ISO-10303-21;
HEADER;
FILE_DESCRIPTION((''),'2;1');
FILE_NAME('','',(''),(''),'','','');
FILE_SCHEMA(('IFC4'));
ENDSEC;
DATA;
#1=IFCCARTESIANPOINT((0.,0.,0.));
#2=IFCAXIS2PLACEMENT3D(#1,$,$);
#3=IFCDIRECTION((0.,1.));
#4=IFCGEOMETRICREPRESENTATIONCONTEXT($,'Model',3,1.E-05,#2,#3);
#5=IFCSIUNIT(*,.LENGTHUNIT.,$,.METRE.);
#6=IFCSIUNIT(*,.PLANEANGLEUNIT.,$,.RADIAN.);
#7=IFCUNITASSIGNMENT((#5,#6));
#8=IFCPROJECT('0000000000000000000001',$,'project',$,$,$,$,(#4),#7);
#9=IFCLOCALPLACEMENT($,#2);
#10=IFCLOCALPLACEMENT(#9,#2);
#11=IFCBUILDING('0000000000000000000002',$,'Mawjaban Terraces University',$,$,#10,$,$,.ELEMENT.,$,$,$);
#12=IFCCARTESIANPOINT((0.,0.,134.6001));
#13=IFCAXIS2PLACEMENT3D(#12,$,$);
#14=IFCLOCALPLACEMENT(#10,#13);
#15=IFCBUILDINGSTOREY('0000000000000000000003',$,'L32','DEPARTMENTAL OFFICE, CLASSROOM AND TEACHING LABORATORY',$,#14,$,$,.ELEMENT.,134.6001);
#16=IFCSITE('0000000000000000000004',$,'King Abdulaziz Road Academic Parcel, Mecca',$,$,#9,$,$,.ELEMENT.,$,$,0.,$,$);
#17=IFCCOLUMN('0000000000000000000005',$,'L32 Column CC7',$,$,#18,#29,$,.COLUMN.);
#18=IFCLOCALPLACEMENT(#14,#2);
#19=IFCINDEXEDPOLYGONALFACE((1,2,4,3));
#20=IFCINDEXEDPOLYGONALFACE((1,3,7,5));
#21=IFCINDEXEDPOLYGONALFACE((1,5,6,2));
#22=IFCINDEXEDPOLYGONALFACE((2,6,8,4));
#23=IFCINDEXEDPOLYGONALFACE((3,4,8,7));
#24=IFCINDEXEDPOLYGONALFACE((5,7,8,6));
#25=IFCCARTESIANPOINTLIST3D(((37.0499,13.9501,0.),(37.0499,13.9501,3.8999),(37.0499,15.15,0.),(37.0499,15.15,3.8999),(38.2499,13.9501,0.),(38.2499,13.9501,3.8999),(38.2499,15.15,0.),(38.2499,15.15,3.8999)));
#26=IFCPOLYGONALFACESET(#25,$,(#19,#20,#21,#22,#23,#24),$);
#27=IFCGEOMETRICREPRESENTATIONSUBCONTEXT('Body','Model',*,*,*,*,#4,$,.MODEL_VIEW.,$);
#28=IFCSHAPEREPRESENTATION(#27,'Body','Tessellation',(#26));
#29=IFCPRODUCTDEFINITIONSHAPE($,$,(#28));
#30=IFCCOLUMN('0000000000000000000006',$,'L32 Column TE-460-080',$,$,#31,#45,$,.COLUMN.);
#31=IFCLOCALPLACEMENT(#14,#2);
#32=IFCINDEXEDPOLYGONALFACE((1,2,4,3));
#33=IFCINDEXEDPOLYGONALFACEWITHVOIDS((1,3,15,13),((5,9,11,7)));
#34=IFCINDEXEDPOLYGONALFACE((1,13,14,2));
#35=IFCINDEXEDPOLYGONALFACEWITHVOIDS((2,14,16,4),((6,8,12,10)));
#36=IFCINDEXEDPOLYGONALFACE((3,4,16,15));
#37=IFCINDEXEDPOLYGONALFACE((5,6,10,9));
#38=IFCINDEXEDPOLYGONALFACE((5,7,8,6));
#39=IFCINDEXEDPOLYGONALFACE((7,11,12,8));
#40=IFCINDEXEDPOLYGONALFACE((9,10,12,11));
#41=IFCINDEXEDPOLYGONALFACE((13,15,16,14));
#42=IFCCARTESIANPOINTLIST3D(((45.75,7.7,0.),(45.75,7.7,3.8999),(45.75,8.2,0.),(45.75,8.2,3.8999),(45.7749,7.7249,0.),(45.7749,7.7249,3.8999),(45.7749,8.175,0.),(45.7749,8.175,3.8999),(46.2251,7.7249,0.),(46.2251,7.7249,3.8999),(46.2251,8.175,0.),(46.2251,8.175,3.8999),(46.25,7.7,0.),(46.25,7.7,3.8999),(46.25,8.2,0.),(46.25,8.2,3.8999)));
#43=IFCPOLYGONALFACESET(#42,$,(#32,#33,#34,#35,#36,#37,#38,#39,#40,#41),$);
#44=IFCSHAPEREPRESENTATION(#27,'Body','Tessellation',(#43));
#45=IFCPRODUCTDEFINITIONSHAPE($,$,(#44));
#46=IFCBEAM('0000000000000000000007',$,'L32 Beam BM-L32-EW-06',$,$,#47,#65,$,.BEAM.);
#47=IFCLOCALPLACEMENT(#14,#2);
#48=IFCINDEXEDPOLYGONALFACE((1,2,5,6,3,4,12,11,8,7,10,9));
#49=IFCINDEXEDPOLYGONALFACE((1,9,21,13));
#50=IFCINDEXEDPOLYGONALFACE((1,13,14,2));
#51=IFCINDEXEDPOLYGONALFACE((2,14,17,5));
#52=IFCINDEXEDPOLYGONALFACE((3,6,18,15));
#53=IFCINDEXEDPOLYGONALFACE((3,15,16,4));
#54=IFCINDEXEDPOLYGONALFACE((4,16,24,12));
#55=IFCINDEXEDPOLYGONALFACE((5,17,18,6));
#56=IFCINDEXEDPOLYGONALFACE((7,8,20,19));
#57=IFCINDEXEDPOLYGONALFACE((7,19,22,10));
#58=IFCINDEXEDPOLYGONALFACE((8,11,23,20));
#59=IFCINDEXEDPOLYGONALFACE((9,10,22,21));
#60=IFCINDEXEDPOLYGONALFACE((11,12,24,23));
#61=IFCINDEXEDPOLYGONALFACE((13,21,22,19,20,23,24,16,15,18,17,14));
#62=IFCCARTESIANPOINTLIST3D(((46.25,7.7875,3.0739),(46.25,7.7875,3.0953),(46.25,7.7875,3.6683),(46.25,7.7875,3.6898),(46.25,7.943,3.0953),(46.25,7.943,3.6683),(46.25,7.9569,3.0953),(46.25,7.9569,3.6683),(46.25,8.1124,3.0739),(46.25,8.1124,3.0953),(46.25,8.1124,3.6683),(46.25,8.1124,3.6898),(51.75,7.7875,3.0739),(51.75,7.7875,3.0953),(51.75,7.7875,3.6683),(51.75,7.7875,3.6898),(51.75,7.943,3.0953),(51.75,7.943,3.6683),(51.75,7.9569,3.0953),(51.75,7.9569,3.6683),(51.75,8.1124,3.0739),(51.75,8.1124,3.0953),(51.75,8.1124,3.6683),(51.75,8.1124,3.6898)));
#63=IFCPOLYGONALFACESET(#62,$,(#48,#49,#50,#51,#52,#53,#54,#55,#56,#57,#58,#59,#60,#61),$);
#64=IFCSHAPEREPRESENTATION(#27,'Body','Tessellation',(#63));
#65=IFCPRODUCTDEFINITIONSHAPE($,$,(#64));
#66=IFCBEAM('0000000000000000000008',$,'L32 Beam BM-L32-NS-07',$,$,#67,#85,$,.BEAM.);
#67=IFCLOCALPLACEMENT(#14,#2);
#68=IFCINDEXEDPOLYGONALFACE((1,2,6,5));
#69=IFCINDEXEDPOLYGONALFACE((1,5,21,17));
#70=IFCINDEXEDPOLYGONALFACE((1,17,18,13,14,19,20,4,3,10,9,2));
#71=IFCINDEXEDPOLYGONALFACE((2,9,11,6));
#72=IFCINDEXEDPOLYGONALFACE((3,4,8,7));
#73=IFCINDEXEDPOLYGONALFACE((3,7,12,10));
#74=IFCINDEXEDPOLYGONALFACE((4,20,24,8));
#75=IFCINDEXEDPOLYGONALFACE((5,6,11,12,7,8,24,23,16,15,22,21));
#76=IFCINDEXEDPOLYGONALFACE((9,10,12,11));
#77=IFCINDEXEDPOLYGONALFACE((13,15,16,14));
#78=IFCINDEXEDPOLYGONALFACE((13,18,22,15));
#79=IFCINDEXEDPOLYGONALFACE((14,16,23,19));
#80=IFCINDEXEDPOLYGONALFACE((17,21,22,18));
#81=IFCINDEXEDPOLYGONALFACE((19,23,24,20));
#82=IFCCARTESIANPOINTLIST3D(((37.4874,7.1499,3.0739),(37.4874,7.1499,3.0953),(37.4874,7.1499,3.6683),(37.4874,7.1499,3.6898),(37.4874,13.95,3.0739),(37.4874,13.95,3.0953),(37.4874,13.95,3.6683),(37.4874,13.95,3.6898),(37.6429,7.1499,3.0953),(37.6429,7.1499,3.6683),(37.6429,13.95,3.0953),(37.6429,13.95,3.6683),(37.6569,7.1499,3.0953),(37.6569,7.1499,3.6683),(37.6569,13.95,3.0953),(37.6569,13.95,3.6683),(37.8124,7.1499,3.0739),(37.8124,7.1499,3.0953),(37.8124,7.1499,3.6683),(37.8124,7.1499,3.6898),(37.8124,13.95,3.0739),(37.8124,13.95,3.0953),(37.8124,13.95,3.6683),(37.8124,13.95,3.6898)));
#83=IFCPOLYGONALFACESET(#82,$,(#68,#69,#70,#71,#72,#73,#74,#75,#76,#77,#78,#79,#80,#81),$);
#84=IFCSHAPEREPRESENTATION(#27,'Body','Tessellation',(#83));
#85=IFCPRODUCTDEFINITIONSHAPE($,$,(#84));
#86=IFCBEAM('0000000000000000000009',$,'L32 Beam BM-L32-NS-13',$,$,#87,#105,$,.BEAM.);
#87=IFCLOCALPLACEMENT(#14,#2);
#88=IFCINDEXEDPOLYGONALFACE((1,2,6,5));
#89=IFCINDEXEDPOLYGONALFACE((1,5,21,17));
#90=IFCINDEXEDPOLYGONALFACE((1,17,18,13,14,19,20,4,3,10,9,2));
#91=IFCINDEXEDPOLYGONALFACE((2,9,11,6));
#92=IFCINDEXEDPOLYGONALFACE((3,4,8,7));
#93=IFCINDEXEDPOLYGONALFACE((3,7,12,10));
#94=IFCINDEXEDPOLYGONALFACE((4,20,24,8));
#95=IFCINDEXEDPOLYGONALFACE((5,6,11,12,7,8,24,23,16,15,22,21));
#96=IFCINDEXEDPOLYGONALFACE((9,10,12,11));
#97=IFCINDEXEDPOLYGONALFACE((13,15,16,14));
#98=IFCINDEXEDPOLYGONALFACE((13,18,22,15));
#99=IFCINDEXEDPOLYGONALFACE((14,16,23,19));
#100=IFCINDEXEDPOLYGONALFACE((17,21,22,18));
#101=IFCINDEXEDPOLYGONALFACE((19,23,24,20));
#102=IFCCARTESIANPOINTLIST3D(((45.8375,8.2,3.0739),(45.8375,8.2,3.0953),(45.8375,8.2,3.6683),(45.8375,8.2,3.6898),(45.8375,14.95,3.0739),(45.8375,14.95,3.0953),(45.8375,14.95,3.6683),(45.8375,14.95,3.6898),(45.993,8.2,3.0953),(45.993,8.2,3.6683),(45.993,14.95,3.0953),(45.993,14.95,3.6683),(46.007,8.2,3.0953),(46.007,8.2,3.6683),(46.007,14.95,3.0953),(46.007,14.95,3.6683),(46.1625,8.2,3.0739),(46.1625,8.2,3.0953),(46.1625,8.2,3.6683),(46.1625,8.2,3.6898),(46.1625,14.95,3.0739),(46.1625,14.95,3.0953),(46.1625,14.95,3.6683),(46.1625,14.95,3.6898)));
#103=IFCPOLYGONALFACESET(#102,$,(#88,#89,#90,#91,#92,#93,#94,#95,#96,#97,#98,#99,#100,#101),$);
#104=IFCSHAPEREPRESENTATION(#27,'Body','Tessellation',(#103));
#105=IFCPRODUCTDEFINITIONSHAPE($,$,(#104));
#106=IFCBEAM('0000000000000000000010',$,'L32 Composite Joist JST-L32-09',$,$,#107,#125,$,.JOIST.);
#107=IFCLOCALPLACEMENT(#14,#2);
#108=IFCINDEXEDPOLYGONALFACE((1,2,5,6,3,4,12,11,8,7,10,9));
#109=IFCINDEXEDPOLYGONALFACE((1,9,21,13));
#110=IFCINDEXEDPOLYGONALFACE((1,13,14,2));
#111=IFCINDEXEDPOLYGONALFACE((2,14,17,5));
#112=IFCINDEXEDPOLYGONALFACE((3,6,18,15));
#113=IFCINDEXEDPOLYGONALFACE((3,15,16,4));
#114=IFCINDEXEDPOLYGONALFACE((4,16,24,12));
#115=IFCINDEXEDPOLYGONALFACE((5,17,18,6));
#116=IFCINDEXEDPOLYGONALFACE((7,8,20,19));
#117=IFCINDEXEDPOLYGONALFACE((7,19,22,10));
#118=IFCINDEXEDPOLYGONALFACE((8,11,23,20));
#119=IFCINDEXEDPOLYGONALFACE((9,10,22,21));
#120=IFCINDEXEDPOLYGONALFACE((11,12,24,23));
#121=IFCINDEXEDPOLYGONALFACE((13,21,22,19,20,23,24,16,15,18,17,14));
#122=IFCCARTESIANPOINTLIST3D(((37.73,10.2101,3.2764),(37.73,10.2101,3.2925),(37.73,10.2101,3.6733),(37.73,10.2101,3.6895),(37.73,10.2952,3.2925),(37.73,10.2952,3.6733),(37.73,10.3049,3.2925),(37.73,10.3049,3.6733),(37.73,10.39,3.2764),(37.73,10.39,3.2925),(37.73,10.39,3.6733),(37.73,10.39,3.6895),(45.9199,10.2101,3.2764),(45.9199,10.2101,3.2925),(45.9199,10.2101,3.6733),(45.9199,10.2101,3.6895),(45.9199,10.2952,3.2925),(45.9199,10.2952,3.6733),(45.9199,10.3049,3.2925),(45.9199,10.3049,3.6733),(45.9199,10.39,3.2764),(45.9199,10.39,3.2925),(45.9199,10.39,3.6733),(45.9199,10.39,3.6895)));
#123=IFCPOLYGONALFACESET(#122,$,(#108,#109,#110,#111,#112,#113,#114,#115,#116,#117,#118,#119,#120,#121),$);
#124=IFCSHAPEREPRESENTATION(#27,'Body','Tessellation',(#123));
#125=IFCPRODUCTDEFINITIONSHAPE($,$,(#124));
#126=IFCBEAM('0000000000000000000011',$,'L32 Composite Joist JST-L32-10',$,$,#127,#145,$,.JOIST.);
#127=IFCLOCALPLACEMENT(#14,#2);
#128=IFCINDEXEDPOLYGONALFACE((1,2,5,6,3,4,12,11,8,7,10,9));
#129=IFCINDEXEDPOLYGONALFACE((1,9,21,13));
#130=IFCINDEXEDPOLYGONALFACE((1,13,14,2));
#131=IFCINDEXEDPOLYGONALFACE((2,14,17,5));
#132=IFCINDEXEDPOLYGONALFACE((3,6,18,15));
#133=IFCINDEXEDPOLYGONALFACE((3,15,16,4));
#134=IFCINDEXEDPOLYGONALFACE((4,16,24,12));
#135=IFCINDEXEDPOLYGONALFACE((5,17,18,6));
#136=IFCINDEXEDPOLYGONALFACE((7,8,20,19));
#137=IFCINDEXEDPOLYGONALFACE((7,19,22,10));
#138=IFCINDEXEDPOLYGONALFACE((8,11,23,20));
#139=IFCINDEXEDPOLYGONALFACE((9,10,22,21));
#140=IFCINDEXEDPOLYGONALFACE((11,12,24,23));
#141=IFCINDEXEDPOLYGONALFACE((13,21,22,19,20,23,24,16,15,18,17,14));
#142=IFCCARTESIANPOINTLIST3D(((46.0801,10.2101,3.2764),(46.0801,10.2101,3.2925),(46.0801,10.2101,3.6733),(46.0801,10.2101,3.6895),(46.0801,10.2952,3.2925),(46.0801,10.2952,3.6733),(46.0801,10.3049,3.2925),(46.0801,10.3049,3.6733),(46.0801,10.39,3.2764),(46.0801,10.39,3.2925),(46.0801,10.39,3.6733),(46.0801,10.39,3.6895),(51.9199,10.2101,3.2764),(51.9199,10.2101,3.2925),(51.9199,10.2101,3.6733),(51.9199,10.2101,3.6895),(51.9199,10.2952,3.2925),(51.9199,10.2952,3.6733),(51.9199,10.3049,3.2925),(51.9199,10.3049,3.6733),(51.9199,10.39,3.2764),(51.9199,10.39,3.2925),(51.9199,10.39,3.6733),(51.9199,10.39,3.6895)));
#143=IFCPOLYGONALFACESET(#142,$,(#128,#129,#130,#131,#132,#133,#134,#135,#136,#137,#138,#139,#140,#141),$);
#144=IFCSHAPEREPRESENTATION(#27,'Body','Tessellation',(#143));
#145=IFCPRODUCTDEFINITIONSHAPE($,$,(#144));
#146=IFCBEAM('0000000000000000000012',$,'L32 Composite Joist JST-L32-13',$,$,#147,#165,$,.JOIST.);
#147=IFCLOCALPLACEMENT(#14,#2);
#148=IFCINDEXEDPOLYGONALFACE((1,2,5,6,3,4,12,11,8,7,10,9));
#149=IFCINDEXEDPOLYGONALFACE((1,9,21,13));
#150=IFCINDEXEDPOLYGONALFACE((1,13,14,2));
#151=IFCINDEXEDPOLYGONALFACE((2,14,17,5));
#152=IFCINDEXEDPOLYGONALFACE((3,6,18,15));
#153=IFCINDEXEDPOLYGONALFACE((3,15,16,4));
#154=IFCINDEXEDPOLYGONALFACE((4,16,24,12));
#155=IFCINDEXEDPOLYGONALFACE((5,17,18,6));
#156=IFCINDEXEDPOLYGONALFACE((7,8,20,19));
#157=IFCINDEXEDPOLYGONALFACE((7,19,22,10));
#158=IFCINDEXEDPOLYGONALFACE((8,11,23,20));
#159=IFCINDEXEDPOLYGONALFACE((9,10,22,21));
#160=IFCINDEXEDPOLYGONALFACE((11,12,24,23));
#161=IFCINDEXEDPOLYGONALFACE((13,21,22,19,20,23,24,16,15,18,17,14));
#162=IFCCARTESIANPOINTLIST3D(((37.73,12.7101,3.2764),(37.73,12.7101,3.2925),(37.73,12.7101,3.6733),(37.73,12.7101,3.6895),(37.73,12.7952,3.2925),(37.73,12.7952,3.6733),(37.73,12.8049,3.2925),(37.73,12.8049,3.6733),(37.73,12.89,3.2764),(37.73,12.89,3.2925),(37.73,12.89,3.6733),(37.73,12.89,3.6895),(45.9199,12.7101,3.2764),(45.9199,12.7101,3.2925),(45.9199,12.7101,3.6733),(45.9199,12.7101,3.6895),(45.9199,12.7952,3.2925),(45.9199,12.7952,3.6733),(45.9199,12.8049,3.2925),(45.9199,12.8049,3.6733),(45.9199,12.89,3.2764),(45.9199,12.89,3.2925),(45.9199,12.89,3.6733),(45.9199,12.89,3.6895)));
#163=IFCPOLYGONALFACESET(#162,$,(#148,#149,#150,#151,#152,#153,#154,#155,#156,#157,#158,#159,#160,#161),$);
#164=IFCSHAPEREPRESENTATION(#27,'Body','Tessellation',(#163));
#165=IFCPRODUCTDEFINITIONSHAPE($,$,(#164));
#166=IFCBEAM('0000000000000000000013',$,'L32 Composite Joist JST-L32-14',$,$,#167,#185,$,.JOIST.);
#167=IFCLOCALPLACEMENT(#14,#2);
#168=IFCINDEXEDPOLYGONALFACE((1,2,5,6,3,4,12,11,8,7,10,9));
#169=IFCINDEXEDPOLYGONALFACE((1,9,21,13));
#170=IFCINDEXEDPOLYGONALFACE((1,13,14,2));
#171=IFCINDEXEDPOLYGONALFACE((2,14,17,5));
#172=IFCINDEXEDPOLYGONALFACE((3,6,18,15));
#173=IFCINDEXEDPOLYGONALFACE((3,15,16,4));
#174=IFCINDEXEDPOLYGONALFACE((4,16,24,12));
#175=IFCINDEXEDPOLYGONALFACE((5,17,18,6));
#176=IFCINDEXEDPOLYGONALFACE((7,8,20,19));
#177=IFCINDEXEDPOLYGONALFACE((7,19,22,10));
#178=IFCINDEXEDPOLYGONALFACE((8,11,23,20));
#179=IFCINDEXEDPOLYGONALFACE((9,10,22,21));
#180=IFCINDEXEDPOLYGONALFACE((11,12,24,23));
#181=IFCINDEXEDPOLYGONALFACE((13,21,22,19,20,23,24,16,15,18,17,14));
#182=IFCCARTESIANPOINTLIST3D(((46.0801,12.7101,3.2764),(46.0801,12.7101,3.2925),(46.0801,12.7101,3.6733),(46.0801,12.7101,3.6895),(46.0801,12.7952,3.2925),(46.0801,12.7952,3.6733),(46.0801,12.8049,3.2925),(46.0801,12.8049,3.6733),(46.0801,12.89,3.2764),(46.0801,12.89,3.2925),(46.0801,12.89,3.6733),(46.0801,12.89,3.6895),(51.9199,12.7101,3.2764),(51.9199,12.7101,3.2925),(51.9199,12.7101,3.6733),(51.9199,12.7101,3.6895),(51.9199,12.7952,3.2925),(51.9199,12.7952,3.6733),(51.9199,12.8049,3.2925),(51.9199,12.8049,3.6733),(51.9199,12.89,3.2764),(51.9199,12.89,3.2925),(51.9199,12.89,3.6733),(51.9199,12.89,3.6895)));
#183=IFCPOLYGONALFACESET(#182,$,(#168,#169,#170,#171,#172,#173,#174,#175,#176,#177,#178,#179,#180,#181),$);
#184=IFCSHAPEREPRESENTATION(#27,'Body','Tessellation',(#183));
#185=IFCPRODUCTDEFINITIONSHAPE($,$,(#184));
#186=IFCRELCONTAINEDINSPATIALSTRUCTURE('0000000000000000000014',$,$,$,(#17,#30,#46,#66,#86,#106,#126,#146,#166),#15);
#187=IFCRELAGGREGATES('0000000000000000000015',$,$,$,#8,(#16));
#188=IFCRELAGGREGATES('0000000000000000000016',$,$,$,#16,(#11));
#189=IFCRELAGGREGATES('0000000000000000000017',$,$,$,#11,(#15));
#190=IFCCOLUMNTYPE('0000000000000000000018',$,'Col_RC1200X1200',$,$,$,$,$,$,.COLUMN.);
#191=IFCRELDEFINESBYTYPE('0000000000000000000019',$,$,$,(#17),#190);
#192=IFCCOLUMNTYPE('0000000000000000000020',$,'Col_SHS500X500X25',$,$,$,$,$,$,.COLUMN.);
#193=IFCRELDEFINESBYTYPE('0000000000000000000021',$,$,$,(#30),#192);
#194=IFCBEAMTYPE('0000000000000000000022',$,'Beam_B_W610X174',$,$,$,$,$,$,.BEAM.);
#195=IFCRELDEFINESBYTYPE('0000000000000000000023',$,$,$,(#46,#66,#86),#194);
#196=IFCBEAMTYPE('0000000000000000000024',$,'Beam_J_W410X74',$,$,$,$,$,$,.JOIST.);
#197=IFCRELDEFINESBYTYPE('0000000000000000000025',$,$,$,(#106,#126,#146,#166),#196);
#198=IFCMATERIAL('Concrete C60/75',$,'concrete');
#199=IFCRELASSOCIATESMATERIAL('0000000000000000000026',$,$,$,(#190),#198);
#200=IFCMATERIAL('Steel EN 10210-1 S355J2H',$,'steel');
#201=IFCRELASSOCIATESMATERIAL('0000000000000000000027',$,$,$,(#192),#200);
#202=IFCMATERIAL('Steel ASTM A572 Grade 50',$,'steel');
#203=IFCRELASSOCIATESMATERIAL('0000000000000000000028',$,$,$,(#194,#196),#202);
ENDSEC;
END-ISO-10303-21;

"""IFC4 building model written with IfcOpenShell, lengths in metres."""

from ifc_helpers import new_model, si_unit, direction, frame, origin, origin_2d, place, context, subcontext, project, spatial, rectangle, hollow_rectangle, i_section, extrude, material, material_profile, profile_set, type_object, element, save


model = new_model("IFC4")

# Units and contexts
model_context = context("Model", 3, precision=1e-05, world=origin(), true_north=direction((0.0, 1.0)))
body_context = subcontext(model_context, "Body", "Model", "MODEL_VIEW")
ifc_project = project(units=[si_unit("LENGTHUNIT", "METRE"), si_unit("PLANEANGLEUNIT", "RADIAN")], contexts=[model_context])

# Site, building, storey
site_placement = place(None, origin())
site = spatial("IfcSite", under=ifc_project, at=site_placement, Name="King Abdulaziz Road Academic Parcel, Mecca", CompositionType="ELEMENT", RefElevation=0.0)
building_placement = place(site_placement, origin())
building = spatial("IfcBuilding", under=site, at=building_placement, Name="Mawjaban Terraces University", CompositionType="ELEMENT")
storey_placement = place(building_placement, frame((0.0, 0.0, 134.6001)))
storey = spatial("IfcBuildingStorey", under=building, at=storey_placement, Name="L32", Description="DEPARTMENTAL OFFICE, CLASSROOM AND TEACHING LABORATORY", CompositionType="ELEMENT", Elevation=134.6001)

# Columns
ifc_material_1 = material(Name="Concrete C60/75", Category="concrete")
ifc_material_profile_1 = material_profile(ifc_material_1, rectangle(XDim=1.2, YDim=1.2, at=origin_2d()), Name="RC1200X1200")
ifc_profile_set_1 = profile_set([ifc_material_profile_1], Name="Concrete C60/75")
column_type_1 = type_object("IfcColumnType", Name="Col_RC1200X1200", PredefinedType="COLUMN", material=ifc_profile_set_1)
column_1_placement = place(storey_placement, frame((37.6499, 14.55, 0.0), z_axis=(0.0, 0.0, 1.0), x_axis=(1.0, 0.0, 0.0)))
element("IfcColumn", 1, at=column_1_placement, inside=storey, type_object=column_type_1, Name="L32 Column CC7", PredefinedType="COLUMN", context=body_context, shape_type="SweptSolid", body=[
    extrude(rectangle(XDim=1.2, YDim=1.2, at=origin_2d()), origin(), (0.0, 0.0, 1.0), 3.8999),
])
ifc_material_2 = material(Name="Steel EN 10210-1 S355J2H", Category="steel")
ifc_material_profile_2 = material_profile(ifc_material_2, hollow_rectangle(XDim=0.5, YDim=0.5, WallThickness=0.0249, at=origin_2d()), Name="SHS500X500X25")
ifc_profile_set_2 = profile_set([ifc_material_profile_2], Name="Steel EN 10210-1 S355J2H")
column_type_2 = type_object("IfcColumnType", Name="Col_SHS500X500X25", PredefinedType="COLUMN", material=ifc_profile_set_2)
column_2_placement = place(storey_placement, frame((46.0, 7.95, 0.0), z_axis=(0.0, 0.0, 1.0), x_axis=(1.0, 0.0, 0.0)))
element("IfcColumn", 2, at=column_2_placement, inside=storey, type_object=column_type_2, Name="L32 Column TE-460-080", PredefinedType="COLUMN", context=body_context, shape_type="SweptSolid", body=[
    extrude(hollow_rectangle(XDim=0.5, YDim=0.5, WallThickness=0.0249, at=origin_2d()), origin(), (0.0, 0.0, 1.0), 3.8999),
])

# Beams
ifc_material_3 = material(Name="Steel ASTM A572 Grade 50", Category="steel")
ifc_material_profile_3 = material_profile(ifc_material_3, i_section(OverallWidth=0.325, OverallDepth=0.616, WebThickness=0.0139, FlangeThickness=0.0215, at=origin_2d()), Name="W610X174")
ifc_profile_set_3 = profile_set([ifc_material_profile_3], Name="Steel ASTM A572 Grade 50")
beam_type_1 = type_object("IfcBeamType", Name="Beam_B_W610X174", PredefinedType="BEAM", material=ifc_profile_set_3)
beam_1_placement = place(storey_placement, frame((46.25, 7.95, 3.3818), z_axis=(1.0, 0.0, 0.0), x_axis=(0.0, 1.0, 0.0)))
element("IfcBeam", 3, at=beam_1_placement, inside=storey, type_object=beam_type_1, Name="L32 Beam BM-L32-EW-06", PredefinedType="BEAM", context=body_context, shape_type="SweptSolid", body=[
    extrude(i_section(OverallWidth=0.325, OverallDepth=0.616, WebThickness=0.0139, FlangeThickness=0.0215, at=origin_2d()), origin(), (0.0, 0.0, 1.0), 5.5),
])
beam_2_placement = place(storey_placement, frame((37.6499, 7.1499, 3.3818), z_axis=(0.0, 1.0, 0.0), x_axis=(-1.0, 0.0, 0.0)))
element("IfcBeam", 4, at=beam_2_placement, inside=storey, type_object=beam_type_1, Name="L32 Beam BM-L32-NS-07", PredefinedType="BEAM", context=body_context, shape_type="SweptSolid", body=[
    extrude(i_section(OverallWidth=0.325, OverallDepth=0.616, WebThickness=0.0139, FlangeThickness=0.0215, at=origin_2d()), origin(), (0.0, 0.0, 1.0), 6.8),
])
beam_3_placement = place(storey_placement, frame((46.0, 8.2, 3.3818), z_axis=(0.0, 1.0, 0.0), x_axis=(-1.0, 0.0, 0.0)))
element("IfcBeam", 5, at=beam_3_placement, inside=storey, type_object=beam_type_1, Name="L32 Beam BM-L32-NS-13", PredefinedType="BEAM", context=body_context, shape_type="SweptSolid", body=[
    extrude(i_section(OverallWidth=0.325, OverallDepth=0.616, WebThickness=0.0139, FlangeThickness=0.0215, at=origin_2d()), origin(), (0.0, 0.0, 1.0), 6.75),
])
ifc_material_profile_4 = material_profile(ifc_material_3, i_section(OverallWidth=0.1799, OverallDepth=0.4131, WebThickness=0.0098, FlangeThickness=0.0161, at=origin_2d()), Name="W410X74")
ifc_profile_set_4 = profile_set([ifc_material_profile_4], Name="Steel ASTM A572 Grade 50")
beam_type_2 = type_object("IfcBeamType", Name="Beam_J_W410X74", PredefinedType="JOIST", material=ifc_profile_set_4)
beam_4_placement = place(storey_placement, frame((37.73, 10.3, 3.4829), z_axis=(1.0, 0.0, 0.0), x_axis=(0.0, 1.0, 0.0)))
element("IfcBeam", 6, at=beam_4_placement, inside=storey, type_object=beam_type_2, Name="L32 Composite Joist JST-L32-09", PredefinedType="JOIST", context=body_context, shape_type="SweptSolid", body=[
    extrude(i_section(OverallWidth=0.1799, OverallDepth=0.4131, WebThickness=0.0098, FlangeThickness=0.0161, at=origin_2d()), origin(), (0.0, 0.0, 1.0), 8.1899),
])
beam_5_placement = place(storey_placement, frame((46.0801, 10.3, 3.4829), z_axis=(1.0, 0.0, 0.0), x_axis=(0.0, 1.0, 0.0)))
element("IfcBeam", 7, at=beam_5_placement, inside=storey, type_object=beam_type_2, Name="L32 Composite Joist JST-L32-10", PredefinedType="JOIST", context=body_context, shape_type="SweptSolid", body=[
    extrude(i_section(OverallWidth=0.1799, OverallDepth=0.4131, WebThickness=0.0098, FlangeThickness=0.0161, at=origin_2d()), origin(), (0.0, 0.0, 1.0), 5.8398),
])
beam_6_placement = place(storey_placement, frame((37.73, 12.8, 3.4829), z_axis=(1.0, 0.0, 0.0), x_axis=(0.0, 1.0, 0.0)))
element("IfcBeam", 8, at=beam_6_placement, inside=storey, type_object=beam_type_2, Name="L32 Composite Joist JST-L32-13", PredefinedType="JOIST", context=body_context, shape_type="SweptSolid", body=[
    extrude(i_section(OverallWidth=0.1799, OverallDepth=0.4131, WebThickness=0.0098, FlangeThickness=0.0161, at=origin_2d()), origin(), (0.0, 0.0, 1.0), 8.1899),
])
beam_7_placement = place(storey_placement, frame((46.0801, 12.8, 3.4829), z_axis=(1.0, 0.0, 0.0), x_axis=(0.0, 1.0, 0.0)))
element("IfcBeam", 9, at=beam_7_placement, inside=storey, type_object=beam_type_2, Name="L32 Composite Joist JST-L32-14", PredefinedType="JOIST", context=body_context, shape_type="SweptSolid", body=[
    extrude(i_section(OverallWidth=0.1799, OverallDepth=0.4131, WebThickness=0.0098, FlangeThickness=0.0161, at=origin_2d()), origin(), (0.0, 0.0, 1.0), 5.8398),
])

save(model, "model.ifc")
